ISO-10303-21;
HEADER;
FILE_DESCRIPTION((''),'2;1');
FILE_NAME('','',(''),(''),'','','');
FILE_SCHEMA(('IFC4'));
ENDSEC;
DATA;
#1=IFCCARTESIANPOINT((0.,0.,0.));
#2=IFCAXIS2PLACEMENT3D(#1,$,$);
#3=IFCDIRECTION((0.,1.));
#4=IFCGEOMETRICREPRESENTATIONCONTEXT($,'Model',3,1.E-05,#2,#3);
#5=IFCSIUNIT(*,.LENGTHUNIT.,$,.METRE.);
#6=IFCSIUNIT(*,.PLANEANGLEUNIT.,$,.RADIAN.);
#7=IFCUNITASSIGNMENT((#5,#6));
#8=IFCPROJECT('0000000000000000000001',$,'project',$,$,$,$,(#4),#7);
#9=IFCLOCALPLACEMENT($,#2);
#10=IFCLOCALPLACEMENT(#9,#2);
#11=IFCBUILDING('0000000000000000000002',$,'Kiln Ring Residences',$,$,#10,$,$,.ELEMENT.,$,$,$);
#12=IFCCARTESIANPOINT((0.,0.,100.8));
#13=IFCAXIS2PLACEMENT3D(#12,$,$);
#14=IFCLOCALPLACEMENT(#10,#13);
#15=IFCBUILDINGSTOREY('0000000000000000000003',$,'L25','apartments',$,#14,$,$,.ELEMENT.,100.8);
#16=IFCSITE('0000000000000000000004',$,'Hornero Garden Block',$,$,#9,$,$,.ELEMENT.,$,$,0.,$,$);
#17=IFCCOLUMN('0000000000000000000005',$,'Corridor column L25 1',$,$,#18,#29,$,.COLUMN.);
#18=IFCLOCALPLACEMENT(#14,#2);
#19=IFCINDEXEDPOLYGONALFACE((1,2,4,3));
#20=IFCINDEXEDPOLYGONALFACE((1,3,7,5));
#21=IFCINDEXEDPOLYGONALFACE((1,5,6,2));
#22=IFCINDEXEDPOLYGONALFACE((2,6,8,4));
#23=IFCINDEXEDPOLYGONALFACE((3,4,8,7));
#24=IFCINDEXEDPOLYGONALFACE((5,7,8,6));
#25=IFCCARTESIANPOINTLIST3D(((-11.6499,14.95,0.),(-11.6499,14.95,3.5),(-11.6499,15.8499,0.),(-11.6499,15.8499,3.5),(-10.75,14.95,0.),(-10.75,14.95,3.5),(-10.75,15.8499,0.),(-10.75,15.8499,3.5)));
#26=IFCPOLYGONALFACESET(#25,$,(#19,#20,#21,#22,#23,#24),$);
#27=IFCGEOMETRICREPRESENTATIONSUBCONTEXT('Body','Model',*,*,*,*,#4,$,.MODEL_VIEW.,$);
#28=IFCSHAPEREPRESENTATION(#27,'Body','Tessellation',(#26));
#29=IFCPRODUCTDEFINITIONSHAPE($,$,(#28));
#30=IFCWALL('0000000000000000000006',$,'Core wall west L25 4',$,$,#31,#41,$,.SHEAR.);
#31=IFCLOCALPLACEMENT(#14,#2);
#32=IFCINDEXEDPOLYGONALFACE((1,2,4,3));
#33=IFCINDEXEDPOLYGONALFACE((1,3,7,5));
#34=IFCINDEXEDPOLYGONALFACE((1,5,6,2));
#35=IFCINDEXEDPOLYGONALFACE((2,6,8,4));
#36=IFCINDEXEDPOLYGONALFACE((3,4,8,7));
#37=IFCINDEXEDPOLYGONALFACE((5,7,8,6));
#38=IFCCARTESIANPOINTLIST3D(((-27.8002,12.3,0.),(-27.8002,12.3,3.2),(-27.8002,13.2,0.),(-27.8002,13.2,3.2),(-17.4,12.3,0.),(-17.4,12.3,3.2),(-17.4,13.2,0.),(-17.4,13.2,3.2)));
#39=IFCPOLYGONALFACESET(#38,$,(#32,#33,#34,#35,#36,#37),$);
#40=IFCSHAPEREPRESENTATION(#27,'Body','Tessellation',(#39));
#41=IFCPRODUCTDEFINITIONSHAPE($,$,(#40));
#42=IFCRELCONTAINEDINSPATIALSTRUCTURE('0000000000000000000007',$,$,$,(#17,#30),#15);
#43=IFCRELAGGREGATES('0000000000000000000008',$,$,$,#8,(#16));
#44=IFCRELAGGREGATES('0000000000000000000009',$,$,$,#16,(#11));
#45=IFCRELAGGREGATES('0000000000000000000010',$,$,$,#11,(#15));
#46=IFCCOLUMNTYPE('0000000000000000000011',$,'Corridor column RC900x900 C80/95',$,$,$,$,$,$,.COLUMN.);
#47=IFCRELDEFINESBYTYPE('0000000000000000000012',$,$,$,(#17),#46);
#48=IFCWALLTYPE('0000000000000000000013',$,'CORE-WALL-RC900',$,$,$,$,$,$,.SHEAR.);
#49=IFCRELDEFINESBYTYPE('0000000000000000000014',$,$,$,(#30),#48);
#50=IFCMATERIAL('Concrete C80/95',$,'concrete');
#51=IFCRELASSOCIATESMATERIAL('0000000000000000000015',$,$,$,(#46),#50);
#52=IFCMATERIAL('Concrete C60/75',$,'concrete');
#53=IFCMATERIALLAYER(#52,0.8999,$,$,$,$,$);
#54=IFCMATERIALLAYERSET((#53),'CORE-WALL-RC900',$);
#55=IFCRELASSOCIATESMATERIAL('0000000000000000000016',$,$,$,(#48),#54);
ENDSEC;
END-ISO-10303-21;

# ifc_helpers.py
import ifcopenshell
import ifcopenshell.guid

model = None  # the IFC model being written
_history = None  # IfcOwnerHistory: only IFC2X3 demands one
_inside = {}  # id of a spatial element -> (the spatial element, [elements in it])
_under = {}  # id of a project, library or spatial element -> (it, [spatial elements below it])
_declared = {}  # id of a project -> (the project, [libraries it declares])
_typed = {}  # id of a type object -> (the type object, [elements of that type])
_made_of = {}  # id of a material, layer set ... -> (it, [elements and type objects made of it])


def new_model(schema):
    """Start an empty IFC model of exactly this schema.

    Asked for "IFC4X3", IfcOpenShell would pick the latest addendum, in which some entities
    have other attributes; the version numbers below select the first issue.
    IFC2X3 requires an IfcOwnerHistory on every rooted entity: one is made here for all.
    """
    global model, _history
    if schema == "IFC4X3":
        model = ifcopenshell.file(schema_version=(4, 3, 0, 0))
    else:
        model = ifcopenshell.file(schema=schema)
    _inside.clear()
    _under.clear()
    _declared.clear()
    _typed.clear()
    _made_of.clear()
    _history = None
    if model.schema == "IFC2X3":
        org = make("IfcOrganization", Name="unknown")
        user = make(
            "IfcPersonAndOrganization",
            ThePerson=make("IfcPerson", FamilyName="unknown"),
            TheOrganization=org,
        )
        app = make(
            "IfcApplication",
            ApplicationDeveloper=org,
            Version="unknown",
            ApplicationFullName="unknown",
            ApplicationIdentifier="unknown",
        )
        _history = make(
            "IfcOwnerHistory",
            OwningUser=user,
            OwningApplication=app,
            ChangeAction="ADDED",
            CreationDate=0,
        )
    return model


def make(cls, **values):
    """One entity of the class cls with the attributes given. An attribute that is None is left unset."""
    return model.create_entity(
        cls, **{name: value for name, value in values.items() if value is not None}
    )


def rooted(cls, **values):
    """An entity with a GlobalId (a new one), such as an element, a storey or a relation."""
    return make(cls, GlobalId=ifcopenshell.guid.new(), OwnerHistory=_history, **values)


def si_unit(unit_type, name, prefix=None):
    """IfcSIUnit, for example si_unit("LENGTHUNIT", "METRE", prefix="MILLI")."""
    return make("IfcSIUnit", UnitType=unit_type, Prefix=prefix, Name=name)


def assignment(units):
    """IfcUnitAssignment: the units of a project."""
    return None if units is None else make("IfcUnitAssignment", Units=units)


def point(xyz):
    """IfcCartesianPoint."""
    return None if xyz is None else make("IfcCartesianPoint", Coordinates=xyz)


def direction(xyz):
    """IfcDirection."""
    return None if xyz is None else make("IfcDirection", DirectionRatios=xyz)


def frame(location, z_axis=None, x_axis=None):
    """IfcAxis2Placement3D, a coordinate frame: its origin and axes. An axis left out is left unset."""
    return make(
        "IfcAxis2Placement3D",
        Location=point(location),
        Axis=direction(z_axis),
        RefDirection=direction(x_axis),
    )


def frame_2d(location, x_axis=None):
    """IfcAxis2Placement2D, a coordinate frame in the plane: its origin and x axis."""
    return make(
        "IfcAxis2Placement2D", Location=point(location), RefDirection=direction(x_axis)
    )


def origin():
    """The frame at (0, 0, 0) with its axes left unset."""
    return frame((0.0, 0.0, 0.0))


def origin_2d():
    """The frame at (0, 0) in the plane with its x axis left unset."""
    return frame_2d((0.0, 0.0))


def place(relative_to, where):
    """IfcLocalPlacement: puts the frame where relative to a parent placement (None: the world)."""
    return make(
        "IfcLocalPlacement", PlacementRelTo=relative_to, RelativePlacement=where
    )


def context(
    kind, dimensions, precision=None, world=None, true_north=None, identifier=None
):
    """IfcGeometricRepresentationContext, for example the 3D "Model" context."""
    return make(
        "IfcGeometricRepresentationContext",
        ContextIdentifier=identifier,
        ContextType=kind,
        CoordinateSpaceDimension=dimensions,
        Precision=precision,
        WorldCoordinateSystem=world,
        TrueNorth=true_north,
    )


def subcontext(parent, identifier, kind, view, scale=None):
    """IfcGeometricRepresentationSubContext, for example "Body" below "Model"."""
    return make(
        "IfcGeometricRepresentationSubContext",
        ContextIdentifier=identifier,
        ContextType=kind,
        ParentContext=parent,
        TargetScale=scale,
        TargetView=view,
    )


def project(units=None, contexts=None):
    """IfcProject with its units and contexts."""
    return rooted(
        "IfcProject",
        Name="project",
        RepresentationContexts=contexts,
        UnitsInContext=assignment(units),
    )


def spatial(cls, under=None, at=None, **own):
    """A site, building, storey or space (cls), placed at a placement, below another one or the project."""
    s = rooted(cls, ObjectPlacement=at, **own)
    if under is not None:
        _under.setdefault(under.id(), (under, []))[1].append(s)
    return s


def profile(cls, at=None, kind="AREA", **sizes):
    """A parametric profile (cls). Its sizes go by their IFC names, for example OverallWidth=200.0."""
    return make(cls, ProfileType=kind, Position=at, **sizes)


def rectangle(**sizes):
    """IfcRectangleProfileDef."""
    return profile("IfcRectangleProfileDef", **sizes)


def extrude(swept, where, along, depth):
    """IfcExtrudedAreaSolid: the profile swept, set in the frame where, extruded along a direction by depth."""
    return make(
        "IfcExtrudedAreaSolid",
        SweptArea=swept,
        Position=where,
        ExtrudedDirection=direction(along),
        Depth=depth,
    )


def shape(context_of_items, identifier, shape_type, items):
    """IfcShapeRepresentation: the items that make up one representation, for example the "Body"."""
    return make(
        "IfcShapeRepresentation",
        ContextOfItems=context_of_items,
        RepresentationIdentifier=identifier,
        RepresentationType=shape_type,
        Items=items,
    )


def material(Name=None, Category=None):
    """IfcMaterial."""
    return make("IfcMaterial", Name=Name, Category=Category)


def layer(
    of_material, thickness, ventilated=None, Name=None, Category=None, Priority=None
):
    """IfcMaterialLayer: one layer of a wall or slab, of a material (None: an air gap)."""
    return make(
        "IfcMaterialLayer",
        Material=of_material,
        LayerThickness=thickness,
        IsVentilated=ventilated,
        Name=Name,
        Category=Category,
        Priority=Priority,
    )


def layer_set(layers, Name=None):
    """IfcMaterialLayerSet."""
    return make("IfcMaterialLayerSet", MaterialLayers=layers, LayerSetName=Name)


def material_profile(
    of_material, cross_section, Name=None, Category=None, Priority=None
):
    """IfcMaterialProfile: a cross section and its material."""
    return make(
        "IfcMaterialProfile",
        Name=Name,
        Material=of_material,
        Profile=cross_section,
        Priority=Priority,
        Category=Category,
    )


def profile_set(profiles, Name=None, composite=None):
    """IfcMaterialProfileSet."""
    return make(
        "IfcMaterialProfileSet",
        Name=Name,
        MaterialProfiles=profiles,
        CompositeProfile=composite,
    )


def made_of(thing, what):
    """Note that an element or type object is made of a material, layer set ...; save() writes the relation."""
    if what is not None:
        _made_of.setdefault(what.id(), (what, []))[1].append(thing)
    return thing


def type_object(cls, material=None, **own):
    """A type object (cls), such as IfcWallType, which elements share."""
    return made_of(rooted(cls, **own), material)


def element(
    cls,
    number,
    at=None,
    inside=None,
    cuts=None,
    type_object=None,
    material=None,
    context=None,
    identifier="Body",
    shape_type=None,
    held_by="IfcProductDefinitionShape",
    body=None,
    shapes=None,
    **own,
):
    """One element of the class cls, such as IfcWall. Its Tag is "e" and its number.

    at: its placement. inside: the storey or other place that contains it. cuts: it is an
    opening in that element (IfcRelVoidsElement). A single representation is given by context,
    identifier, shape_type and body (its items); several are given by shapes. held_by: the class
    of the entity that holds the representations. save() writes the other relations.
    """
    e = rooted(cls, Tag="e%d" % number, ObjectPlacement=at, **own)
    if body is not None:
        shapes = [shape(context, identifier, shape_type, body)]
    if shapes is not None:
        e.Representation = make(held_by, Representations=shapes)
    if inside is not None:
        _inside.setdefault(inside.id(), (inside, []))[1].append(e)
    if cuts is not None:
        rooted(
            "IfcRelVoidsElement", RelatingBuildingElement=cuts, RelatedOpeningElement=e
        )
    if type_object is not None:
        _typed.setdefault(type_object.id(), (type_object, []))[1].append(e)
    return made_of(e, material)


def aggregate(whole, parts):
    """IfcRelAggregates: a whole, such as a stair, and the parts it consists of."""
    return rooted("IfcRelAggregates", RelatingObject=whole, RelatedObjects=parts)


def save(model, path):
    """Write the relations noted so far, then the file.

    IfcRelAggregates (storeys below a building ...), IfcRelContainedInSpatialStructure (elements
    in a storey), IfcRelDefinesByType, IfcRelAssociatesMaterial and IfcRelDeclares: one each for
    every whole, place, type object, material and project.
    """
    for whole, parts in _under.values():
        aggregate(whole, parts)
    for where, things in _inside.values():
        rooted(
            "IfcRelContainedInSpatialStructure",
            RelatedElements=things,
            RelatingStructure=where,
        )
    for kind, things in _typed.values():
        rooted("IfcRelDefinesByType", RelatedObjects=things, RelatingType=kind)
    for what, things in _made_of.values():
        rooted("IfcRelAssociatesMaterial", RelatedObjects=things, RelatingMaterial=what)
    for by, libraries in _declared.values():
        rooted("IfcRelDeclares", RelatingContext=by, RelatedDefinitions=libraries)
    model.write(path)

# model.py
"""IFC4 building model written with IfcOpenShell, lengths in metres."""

from ifc_helpers import new_model, si_unit, direction, frame, frame_2d, origin, origin_2d, place, context, subcontext, project, spatial, rectangle, extrude, material, layer, layer_set, material_profile, profile_set, type_object, element, save


model = new_model("IFC4")

# Units and contexts
model_context = context("Model", 3, precision=1e-05, world=origin(), true_north=direction((0.0, 1.0)))
body_context = subcontext(model_context, "Body", "Model", "MODEL_VIEW")
ifc_project = project(units=[si_unit("LENGTHUNIT", "METRE"), si_unit("PLANEANGLEUNIT", "RADIAN")], contexts=[model_context])

# Site, building, storey
site_placement = place(None, origin())
site = spatial("IfcSite", under=ifc_project, at=site_placement, Name="Hornero Garden Block", CompositionType="ELEMENT", RefElevation=0.0)
building_placement = place(site_placement, origin())
building = spatial("IfcBuilding", under=site, at=building_placement, Name="Kiln Ring Residences", CompositionType="ELEMENT")
storey_placement = place(building_placement, frame((0.0, 0.0, 100.8)))
storey = spatial("IfcBuildingStorey", under=building, at=storey_placement, Name="L25", Description="apartments", CompositionType="ELEMENT", Elevation=100.8)

# Column
ifc_material_1 = material(Name="Concrete C80/95", Category="concrete")
ifc_material_profile = material_profile(ifc_material_1, rectangle(XDim=0.8999, YDim=0.8999, at=origin_2d()), Name="RC900x900")
ifc_profile_set = profile_set([ifc_material_profile], Name="Concrete C80/95")
column_type = type_object("IfcColumnType", Name="Corridor column RC900x900 C80/95", PredefinedType="COLUMN", material=ifc_profile_set)
column_placement = place(storey_placement, frame((-11.2, 15.3999, 0.0), z_axis=(0.0, 0.0, 1.0), x_axis=(1.0, 0.0, 0.0)))
element("IfcColumn", 1, at=column_placement, inside=storey, type_object=column_type, Name="Corridor column L25 1", PredefinedType="COLUMN", context=body_context, shape_type="SweptSolid", body=[
    extrude(rectangle(XDim=0.8999, YDim=0.8999, at=origin_2d()), origin(), (0.0, 0.0, 1.0), 3.5),
])

# Wall
ifc_material_2 = material(Name="Concrete C60/75", Category="concrete")
ifc_layer_1 = layer(ifc_material_2, 0.8999)
ifc_layer_set_1 = layer_set([ifc_layer_1], Name="CORE-WALL-RC900")
wall_type_1 = type_object("IfcWallType", Name="CORE-WALL-RC900", PredefinedType="SHEAR", material=ifc_layer_set_1)
wall_1_placement = place(storey_placement, frame((-17.3999, 12.75, 0.0), z_axis=(0.0, 0.0, 1.0), x_axis=(-1.0, 0.0, 0.0)))
element("IfcWall", 2, at=wall_1_placement, inside=storey, type_object=wall_type_1, Name="Core wall west L25 4", PredefinedType="SHEAR", context=body_context, shape_type="SweptSolid", body=[
    extrude(rectangle(XDim=10.4001, YDim=0.8999, at=frame_2d((5.2002, 0.0))), origin(), (0.0, 0.0, 1.0), 3.2),
])

save(model, "model.ifc")
